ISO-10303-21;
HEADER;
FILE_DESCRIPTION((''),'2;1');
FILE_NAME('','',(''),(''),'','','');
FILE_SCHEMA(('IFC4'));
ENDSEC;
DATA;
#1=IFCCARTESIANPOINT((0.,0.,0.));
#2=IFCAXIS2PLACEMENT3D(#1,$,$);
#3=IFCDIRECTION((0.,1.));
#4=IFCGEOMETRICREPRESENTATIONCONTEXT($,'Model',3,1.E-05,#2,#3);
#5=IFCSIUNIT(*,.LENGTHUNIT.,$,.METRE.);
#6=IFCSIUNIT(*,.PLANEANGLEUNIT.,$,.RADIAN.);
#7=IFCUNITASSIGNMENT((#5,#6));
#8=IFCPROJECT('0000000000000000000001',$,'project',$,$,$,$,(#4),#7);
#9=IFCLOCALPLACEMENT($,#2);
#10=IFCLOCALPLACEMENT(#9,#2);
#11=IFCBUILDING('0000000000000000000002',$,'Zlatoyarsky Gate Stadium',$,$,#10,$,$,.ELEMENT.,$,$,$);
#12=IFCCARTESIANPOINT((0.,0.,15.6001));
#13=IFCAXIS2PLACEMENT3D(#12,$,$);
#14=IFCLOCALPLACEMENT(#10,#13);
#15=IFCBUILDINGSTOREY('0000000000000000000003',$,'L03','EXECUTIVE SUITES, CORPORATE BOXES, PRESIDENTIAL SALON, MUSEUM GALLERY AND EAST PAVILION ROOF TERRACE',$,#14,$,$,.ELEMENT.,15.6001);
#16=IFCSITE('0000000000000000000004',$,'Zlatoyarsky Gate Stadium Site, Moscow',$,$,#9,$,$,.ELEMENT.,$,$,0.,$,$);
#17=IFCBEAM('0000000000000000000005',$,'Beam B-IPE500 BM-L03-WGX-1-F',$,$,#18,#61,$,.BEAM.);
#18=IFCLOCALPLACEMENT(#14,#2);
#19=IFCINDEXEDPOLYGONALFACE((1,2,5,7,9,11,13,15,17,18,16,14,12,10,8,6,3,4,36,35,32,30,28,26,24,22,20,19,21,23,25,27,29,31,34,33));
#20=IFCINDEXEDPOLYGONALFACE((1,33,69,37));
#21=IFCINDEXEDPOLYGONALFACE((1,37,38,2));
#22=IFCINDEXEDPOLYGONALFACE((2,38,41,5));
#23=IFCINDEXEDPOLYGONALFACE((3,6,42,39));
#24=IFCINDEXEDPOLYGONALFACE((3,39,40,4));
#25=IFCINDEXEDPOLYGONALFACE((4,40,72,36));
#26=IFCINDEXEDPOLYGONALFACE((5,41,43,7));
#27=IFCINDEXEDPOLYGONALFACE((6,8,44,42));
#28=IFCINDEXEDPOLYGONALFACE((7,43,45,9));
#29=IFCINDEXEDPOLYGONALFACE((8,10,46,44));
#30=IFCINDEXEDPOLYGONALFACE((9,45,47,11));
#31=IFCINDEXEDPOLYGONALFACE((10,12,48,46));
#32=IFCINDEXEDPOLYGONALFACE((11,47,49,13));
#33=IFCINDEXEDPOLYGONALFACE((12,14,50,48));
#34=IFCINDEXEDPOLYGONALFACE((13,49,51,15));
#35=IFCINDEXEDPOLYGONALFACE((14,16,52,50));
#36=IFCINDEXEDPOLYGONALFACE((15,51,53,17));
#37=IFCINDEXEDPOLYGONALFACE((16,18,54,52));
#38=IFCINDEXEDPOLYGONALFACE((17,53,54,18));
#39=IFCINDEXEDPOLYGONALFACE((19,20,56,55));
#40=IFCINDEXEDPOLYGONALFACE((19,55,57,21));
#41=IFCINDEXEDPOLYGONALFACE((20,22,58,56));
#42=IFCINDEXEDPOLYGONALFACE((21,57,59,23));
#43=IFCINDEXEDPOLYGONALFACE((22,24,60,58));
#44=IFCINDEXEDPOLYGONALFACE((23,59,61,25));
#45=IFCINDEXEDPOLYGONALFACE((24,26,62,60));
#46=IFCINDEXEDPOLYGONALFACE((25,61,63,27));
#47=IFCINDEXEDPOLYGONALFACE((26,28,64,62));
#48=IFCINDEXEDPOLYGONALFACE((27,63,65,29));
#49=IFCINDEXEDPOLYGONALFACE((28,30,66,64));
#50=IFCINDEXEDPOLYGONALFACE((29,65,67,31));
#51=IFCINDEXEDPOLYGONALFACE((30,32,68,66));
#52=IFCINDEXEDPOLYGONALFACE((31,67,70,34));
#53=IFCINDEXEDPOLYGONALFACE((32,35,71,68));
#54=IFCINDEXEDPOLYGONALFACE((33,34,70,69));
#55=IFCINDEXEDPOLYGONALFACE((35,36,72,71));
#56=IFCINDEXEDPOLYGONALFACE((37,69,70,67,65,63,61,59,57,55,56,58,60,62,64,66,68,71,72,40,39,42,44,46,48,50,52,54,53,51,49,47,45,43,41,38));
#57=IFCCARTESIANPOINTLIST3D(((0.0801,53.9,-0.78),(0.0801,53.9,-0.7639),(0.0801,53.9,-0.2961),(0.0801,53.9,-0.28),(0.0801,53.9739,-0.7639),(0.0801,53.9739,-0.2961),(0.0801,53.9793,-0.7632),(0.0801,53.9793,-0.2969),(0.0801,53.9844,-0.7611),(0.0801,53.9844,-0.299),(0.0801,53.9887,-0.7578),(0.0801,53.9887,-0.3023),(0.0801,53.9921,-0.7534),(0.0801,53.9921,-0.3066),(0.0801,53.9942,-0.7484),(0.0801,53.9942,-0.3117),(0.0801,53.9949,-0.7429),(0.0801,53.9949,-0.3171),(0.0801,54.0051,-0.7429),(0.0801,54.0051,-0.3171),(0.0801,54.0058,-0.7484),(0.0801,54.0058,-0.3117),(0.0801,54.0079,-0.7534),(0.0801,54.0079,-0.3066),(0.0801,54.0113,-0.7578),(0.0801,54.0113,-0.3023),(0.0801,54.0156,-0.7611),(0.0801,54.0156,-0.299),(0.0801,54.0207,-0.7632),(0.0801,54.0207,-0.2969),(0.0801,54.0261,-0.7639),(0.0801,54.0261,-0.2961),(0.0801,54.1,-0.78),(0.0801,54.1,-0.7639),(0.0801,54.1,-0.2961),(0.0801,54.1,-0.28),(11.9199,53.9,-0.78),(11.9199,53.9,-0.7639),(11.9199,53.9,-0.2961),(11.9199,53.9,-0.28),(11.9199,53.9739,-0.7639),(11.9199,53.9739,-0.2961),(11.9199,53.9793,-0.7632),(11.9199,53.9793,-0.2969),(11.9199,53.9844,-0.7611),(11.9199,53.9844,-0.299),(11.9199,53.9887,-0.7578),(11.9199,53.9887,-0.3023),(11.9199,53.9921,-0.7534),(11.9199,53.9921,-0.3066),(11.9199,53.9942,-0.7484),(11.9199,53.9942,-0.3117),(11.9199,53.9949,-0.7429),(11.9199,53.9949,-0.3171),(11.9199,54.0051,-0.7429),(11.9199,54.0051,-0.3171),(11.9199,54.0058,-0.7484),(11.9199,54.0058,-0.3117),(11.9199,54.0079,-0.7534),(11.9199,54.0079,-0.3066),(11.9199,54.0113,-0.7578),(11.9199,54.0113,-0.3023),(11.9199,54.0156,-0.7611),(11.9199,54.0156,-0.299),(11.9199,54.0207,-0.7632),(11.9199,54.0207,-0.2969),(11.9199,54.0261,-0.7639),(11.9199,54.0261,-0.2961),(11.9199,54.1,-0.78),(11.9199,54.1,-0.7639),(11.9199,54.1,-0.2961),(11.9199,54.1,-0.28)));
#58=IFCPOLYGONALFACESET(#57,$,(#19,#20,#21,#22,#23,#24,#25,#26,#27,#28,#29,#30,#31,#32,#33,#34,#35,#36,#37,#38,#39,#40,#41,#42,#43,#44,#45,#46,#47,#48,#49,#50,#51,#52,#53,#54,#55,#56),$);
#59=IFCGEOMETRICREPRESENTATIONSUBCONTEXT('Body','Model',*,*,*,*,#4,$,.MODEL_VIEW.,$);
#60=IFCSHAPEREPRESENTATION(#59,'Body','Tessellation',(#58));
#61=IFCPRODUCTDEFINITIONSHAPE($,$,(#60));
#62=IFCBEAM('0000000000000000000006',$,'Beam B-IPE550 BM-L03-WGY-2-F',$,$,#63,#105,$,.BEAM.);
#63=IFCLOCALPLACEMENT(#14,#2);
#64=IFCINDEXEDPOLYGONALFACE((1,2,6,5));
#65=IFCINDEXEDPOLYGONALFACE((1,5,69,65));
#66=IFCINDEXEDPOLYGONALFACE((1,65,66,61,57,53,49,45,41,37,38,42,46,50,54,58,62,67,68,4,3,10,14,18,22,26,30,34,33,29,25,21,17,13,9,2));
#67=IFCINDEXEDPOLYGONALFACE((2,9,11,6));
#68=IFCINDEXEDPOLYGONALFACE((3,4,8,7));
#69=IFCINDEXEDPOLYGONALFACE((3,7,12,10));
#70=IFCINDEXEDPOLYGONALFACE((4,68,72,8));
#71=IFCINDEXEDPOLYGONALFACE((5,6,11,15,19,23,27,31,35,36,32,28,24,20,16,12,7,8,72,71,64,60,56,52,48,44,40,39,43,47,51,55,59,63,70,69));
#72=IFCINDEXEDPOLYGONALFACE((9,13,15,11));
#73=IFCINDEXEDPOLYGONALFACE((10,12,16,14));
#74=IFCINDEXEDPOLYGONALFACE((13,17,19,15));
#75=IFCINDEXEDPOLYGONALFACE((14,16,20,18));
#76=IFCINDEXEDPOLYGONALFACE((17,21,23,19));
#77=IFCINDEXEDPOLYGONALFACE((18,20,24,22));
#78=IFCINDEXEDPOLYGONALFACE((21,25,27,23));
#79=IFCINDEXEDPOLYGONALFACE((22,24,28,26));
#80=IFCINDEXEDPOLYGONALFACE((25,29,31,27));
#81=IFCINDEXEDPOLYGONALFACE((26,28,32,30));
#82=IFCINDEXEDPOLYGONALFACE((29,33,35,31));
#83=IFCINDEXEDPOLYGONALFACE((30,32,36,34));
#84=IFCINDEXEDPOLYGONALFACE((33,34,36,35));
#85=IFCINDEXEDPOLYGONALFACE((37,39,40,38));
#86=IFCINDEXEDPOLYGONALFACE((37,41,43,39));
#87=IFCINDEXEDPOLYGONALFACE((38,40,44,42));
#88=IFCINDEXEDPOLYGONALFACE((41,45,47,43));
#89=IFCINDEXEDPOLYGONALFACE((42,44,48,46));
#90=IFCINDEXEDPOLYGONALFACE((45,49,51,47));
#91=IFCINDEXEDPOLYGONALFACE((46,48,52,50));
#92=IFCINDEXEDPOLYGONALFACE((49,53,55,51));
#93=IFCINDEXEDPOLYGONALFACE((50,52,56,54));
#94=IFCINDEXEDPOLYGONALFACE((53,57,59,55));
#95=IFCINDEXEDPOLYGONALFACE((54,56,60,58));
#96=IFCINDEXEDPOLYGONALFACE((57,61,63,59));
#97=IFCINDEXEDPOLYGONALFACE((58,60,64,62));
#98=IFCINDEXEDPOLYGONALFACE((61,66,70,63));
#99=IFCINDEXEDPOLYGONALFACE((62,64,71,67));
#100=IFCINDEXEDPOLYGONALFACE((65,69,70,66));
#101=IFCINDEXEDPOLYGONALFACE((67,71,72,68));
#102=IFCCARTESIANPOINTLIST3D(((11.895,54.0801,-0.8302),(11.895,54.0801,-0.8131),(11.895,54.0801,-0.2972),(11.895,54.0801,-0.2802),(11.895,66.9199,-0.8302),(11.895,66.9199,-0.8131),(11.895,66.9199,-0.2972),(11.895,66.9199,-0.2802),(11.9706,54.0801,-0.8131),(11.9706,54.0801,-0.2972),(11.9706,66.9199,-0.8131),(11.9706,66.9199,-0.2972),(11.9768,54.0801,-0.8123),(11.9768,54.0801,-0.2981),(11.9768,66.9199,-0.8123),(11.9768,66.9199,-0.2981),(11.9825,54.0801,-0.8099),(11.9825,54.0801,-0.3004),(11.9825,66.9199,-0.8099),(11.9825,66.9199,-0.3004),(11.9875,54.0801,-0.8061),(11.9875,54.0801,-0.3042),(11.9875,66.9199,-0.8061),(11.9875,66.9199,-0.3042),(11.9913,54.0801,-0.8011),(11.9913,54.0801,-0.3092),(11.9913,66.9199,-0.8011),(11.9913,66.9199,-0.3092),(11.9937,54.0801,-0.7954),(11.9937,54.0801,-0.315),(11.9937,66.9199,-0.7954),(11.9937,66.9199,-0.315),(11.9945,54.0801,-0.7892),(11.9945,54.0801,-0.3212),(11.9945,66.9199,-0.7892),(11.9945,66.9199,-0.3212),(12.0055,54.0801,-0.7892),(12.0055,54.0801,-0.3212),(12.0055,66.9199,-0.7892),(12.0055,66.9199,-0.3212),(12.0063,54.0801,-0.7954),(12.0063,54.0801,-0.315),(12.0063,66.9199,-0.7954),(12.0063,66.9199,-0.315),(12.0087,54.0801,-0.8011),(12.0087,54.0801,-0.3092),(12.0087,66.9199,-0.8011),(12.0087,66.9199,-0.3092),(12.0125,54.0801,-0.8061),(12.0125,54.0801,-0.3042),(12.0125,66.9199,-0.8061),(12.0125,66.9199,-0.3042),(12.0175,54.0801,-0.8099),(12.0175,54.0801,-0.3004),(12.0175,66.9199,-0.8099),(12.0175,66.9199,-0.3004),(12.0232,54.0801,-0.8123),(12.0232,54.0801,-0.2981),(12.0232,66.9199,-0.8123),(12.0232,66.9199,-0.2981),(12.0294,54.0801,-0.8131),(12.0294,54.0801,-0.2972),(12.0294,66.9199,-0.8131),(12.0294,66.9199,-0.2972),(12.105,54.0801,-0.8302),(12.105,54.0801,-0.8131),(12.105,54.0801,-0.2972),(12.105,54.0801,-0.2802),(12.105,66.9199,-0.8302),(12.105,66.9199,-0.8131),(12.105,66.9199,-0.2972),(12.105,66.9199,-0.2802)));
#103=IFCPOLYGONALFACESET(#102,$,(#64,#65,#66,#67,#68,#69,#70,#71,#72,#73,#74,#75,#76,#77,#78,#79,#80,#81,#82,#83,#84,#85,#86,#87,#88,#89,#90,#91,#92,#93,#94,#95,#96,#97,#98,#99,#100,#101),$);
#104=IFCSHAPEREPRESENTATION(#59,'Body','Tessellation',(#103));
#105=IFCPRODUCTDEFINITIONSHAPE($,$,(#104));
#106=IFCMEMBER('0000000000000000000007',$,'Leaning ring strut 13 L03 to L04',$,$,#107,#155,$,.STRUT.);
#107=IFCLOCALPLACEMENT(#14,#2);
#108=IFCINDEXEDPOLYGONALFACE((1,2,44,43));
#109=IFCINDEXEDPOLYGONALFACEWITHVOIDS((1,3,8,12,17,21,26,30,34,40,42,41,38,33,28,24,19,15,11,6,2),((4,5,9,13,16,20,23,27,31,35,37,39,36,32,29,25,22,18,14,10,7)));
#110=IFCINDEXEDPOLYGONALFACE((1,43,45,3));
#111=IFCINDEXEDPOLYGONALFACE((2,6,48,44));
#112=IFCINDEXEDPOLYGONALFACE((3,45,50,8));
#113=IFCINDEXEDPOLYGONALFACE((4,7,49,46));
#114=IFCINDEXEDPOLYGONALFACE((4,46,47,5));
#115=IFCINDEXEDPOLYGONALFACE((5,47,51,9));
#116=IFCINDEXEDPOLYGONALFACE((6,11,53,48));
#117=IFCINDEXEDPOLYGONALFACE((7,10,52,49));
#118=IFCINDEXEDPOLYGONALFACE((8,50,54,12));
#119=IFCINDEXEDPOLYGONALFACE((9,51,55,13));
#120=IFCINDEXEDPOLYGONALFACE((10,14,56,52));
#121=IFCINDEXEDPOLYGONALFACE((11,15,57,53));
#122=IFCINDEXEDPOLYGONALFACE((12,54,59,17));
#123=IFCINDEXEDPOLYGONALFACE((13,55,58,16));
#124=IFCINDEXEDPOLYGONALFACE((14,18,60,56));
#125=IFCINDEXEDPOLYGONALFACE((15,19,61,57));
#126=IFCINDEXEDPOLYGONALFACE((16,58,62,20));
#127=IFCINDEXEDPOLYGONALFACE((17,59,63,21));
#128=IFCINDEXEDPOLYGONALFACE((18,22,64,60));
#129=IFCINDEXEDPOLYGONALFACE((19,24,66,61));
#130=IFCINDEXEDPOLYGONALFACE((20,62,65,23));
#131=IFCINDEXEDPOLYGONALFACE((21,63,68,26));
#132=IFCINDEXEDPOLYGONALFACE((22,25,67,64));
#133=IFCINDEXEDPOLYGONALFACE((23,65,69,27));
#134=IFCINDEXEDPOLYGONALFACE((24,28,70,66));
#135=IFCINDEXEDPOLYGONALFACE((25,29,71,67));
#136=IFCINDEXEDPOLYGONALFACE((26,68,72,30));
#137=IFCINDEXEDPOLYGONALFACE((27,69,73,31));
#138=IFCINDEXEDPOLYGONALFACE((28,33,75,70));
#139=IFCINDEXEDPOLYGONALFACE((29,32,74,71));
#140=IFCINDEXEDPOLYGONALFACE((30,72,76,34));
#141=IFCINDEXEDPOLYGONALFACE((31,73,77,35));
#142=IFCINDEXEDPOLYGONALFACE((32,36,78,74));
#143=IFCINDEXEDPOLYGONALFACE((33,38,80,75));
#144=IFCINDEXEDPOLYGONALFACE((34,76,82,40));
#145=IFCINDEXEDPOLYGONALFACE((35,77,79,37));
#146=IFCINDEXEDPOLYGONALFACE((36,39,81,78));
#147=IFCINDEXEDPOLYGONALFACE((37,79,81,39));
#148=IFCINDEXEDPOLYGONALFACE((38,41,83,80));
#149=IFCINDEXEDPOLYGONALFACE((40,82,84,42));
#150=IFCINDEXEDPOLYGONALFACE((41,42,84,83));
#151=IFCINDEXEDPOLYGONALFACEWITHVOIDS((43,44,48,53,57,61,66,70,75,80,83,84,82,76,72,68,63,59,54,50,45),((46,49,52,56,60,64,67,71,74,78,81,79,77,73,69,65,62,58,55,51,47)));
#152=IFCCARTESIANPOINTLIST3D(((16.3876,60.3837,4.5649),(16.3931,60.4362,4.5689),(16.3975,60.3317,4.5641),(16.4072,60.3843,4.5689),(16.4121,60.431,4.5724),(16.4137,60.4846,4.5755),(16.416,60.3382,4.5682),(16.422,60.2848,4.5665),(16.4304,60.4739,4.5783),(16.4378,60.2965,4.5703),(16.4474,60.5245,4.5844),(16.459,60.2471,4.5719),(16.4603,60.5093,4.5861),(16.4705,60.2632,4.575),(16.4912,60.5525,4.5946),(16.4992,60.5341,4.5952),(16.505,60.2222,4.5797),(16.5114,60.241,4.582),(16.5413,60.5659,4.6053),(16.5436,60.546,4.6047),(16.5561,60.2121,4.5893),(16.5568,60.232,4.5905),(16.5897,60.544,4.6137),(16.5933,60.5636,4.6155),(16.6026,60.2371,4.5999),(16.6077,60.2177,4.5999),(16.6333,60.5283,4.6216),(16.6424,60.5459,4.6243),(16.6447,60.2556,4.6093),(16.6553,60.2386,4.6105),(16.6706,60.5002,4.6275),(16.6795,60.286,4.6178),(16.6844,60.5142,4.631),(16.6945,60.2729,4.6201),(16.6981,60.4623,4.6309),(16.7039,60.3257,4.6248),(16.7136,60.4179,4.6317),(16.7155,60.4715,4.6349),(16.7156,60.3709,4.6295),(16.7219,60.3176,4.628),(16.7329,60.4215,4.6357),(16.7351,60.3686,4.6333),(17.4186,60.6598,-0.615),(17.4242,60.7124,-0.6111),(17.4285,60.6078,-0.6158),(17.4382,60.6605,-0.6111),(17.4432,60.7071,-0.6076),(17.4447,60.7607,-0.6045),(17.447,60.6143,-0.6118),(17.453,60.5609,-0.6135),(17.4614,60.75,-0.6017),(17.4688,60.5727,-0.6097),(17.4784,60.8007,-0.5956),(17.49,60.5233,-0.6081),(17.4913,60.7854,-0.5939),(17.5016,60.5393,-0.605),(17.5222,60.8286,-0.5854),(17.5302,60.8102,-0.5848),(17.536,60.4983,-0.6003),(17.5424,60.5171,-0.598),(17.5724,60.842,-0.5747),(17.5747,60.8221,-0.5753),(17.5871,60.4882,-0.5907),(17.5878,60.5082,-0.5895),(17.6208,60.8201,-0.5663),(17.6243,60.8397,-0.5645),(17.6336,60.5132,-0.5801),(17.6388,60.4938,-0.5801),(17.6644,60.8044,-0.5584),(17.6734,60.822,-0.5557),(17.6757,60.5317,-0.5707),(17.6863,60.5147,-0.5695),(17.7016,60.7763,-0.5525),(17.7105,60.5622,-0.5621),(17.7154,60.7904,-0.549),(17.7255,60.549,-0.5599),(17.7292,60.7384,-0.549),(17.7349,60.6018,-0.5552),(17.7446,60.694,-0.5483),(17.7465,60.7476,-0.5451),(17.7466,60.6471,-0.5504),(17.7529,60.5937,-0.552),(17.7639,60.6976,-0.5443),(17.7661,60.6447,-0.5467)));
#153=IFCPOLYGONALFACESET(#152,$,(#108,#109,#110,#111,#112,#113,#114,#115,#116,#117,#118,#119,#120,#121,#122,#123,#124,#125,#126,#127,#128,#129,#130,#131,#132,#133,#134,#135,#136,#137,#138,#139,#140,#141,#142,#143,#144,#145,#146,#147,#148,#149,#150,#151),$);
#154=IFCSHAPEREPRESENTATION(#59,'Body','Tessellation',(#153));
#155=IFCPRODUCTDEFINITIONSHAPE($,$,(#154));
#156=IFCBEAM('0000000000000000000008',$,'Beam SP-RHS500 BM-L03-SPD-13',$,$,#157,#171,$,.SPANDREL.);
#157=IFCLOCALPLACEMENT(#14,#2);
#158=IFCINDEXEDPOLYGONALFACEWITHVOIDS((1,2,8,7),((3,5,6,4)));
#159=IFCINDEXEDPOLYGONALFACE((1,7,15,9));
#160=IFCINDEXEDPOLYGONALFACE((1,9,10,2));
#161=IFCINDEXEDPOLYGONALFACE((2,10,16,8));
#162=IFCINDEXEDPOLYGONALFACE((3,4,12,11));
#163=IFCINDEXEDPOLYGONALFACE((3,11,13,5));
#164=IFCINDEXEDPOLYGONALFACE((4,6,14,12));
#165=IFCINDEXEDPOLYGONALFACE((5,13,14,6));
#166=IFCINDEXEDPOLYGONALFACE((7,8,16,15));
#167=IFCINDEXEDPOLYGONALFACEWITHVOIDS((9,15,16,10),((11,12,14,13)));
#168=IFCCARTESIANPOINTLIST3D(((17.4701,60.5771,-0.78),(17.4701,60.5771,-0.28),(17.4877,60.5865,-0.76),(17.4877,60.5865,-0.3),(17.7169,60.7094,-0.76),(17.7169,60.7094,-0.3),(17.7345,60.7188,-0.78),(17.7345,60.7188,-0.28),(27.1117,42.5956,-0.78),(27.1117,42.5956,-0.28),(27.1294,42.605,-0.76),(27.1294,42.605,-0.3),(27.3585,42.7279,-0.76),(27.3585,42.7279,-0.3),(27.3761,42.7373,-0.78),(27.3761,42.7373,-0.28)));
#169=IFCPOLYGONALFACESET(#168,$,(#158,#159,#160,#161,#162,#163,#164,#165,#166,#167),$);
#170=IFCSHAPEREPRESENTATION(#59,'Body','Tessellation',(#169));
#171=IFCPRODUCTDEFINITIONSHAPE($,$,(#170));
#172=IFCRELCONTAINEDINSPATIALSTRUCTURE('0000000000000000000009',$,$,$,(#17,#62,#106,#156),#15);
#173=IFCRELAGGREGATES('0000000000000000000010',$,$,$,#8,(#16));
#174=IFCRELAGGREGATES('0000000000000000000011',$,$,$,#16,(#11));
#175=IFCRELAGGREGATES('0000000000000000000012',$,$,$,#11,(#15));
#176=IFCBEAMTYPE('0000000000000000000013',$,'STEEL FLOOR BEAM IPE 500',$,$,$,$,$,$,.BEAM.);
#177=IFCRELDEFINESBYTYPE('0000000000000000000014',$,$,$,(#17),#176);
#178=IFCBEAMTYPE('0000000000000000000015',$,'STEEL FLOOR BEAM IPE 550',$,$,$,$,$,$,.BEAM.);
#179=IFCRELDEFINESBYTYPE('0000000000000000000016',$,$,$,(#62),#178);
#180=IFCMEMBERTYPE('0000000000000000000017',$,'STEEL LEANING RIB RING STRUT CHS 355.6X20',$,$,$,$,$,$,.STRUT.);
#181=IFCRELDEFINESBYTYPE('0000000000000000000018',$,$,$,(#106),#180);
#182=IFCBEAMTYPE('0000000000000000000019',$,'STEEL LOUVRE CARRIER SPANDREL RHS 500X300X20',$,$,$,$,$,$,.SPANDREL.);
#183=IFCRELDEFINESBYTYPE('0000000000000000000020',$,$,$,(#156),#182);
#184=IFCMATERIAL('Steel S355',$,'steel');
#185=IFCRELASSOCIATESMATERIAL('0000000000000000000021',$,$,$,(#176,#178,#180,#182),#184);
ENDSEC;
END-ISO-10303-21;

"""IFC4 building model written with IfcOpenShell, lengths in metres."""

from ifc_helpers import new_model, si_unit, direction, frame, origin, origin_2d, place, context, subcontext, project, spatial, hollow_rectangle, hollow_circle, i_section, extrude, material, material_profile, profile_set, type_object, element, save


model = new_model("IFC4")

# Units and contexts
model_context = context("Model", 3, precision=1e-05, world=origin(), true_north=direction((0.0, 1.0)))
body_context = subcontext(model_context, "Body", "Model", "MODEL_VIEW")
ifc_project = project(units=[si_unit("LENGTHUNIT", "METRE"), si_unit("PLANEANGLEUNIT", "RADIAN")], contexts=[model_context])

# Site, building, storey
site_placement = place(None, origin())
site = spatial("IfcSite", under=ifc_project, at=site_placement, Name="Zlatoyarsky Gate Stadium Site, Moscow", CompositionType="ELEMENT", RefElevation=0.0)
building_placement = place(site_placement, origin())
building = spatial("IfcBuilding", under=site, at=building_placement, Name="Zlatoyarsky Gate Stadium", CompositionType="ELEMENT")
storey_placement = place(building_placement, frame((0.0, 0.0, 15.6001)))
storey = spatial("IfcBuildingStorey", under=building, at=storey_placement, Name="L03", Description="EXECUTIVE SUITES, CORPORATE BOXES, PRESIDENTIAL SALON, MUSEUM GALLERY AND EAST PAVILION ROOF TERRACE", CompositionType="ELEMENT", Elevation=15.6001)

# Shared definitions
ifc_material_1 = material(Name="Steel S355", Category="steel")

# Beams
ifc_material_profile_1 = material_profile(ifc_material_1, i_section(OverallWidth=0.2, OverallDepth=0.5, WebThickness=0.0103, FlangeThickness=0.0161, FilletRadius=0.021, at=origin_2d()), Name="IPE 500")
ifc_profile_set_1 = profile_set([ifc_material_profile_1], Name="Steel S355")
beam_type_1 = type_object("IfcBeamType", Name="STEEL FLOOR BEAM IPE 500", PredefinedType="BEAM", material=ifc_profile_set_1)
beam_1_placement = place(storey_placement, frame((0.0801, 54.0, -0.53), z_axis=(1.0, 0.0, 0.0), x_axis=(0.0, 1.0, 0.0)))
element("IfcBeam", 1, at=beam_1_placement, inside=storey, type_object=beam_type_1, Name="Beam B-IPE500 BM-L03-WGX-1-F", PredefinedType="BEAM", context=body_context, shape_type="SweptSolid", body=[
    extrude(i_section(OverallWidth=0.2, OverallDepth=0.5, WebThickness=0.0103, FlangeThickness=0.0161, FilletRadius=0.021, at=origin_2d()), origin(), (0.0, 0.0, 1.0), 11.8398),
])
ifc_material_profile_2 = material_profile(ifc_material_1, i_section(OverallWidth=0.21, OverallDepth=0.55, WebThickness=0.011, FlangeThickness=0.0171, FilletRadius=0.0239, at=origin_2d()), Name="IPE 550")
ifc_profile_set_2 = profile_set([ifc_material_profile_2], Name="Steel S355")
beam_type_2 = type_object("IfcBeamType", Name="STEEL FLOOR BEAM IPE 550", PredefinedType="BEAM", material=ifc_profile_set_2)
beam_2_placement = place(storey_placement, frame((12.0, 54.0801, -0.5552), z_axis=(0.0, 1.0, 0.0), x_axis=(-1.0, 0.0, 0.0)))
element("IfcBeam", 2, at=beam_2_placement, inside=storey, type_object=beam_type_2, Name="Beam B-IPE550 BM-L03-WGY-2-F", PredefinedType="BEAM", context=body_context, shape_type="SweptSolid", body=[
    extrude(i_section(OverallWidth=0.21, OverallDepth=0.55, WebThickness=0.011, FlangeThickness=0.0171, FilletRadius=0.0239, at=origin_2d()), origin(), (0.0, 0.0, 1.0), 12.8398),
])

# Member
ifc_material_profile_3 = material_profile(ifc_material_1, hollow_circle(Radius=0.1777, WallThickness=0.02, at=origin_2d()), Name="CHS 355.6X20")
ifc_profile_set_3 = profile_set([ifc_material_profile_3], Name="Steel S355")
member_type_1 = type_object("IfcMemberType", Name="STEEL LEANING RIB RING STRUT CHS 355.6X20", PredefinedType="STRUT", material=ifc_profile_set_3)
member_1_placement = place(storey_placement, frame((17.5928, 60.6655, -0.5801), z_axis=(-0.194943, -0.052209, 0.979424), x_axis=(0.258702, -0.965957, 0.0)))
element("IfcMember", 3, at=member_1_placement, inside=storey, type_object=member_type_1, Name="Leaning ring strut 13 L03 to L04", PredefinedType="STRUT", context=body_context, shape_type="SweptSolid", body=[
    extrude(hollow_circle(Radius=0.1777, WallThickness=0.02, at=origin_2d()), origin(), (0.0, 0.0, 1.0), 5.2888),
])

# Beam
ifc_material_profile_4 = material_profile(ifc_material_1, hollow_rectangle(XDim=0.3, YDim=0.5, WallThickness=0.02, at=origin_2d()), Name="RHS 500X300X20")
ifc_profile_set_4 = profile_set([ifc_material_profile_4], Name="Steel S355")
beam_type_3 = type_object("IfcBeamType", Name="STEEL LOUVRE CARRIER SPANDREL RHS 500X300X20", PredefinedType="SPANDREL", material=ifc_profile_set_4)
beam_3_placement = place(storey_placement, frame((17.6023, 60.6479, -0.53), z_axis=(0.472552, -0.881303, 0.0), x_axis=(0.881303, 0.472552, 0.0)))
element("IfcBeam", 4, at=beam_3_placement, inside=storey, type_object=beam_type_3, Name="Beam SP-RHS500 BM-L03-SPD-13", PredefinedType="SPANDREL", context=body_context, shape_type="SweptSolid", body=[
    extrude(hollow_rectangle(XDim=0.3, YDim=0.5, WallThickness=0.02, at=origin_2d()), origin(), (0.0, 0.0, 1.0), 20.4033),
])

save(model, "model.ifc")
